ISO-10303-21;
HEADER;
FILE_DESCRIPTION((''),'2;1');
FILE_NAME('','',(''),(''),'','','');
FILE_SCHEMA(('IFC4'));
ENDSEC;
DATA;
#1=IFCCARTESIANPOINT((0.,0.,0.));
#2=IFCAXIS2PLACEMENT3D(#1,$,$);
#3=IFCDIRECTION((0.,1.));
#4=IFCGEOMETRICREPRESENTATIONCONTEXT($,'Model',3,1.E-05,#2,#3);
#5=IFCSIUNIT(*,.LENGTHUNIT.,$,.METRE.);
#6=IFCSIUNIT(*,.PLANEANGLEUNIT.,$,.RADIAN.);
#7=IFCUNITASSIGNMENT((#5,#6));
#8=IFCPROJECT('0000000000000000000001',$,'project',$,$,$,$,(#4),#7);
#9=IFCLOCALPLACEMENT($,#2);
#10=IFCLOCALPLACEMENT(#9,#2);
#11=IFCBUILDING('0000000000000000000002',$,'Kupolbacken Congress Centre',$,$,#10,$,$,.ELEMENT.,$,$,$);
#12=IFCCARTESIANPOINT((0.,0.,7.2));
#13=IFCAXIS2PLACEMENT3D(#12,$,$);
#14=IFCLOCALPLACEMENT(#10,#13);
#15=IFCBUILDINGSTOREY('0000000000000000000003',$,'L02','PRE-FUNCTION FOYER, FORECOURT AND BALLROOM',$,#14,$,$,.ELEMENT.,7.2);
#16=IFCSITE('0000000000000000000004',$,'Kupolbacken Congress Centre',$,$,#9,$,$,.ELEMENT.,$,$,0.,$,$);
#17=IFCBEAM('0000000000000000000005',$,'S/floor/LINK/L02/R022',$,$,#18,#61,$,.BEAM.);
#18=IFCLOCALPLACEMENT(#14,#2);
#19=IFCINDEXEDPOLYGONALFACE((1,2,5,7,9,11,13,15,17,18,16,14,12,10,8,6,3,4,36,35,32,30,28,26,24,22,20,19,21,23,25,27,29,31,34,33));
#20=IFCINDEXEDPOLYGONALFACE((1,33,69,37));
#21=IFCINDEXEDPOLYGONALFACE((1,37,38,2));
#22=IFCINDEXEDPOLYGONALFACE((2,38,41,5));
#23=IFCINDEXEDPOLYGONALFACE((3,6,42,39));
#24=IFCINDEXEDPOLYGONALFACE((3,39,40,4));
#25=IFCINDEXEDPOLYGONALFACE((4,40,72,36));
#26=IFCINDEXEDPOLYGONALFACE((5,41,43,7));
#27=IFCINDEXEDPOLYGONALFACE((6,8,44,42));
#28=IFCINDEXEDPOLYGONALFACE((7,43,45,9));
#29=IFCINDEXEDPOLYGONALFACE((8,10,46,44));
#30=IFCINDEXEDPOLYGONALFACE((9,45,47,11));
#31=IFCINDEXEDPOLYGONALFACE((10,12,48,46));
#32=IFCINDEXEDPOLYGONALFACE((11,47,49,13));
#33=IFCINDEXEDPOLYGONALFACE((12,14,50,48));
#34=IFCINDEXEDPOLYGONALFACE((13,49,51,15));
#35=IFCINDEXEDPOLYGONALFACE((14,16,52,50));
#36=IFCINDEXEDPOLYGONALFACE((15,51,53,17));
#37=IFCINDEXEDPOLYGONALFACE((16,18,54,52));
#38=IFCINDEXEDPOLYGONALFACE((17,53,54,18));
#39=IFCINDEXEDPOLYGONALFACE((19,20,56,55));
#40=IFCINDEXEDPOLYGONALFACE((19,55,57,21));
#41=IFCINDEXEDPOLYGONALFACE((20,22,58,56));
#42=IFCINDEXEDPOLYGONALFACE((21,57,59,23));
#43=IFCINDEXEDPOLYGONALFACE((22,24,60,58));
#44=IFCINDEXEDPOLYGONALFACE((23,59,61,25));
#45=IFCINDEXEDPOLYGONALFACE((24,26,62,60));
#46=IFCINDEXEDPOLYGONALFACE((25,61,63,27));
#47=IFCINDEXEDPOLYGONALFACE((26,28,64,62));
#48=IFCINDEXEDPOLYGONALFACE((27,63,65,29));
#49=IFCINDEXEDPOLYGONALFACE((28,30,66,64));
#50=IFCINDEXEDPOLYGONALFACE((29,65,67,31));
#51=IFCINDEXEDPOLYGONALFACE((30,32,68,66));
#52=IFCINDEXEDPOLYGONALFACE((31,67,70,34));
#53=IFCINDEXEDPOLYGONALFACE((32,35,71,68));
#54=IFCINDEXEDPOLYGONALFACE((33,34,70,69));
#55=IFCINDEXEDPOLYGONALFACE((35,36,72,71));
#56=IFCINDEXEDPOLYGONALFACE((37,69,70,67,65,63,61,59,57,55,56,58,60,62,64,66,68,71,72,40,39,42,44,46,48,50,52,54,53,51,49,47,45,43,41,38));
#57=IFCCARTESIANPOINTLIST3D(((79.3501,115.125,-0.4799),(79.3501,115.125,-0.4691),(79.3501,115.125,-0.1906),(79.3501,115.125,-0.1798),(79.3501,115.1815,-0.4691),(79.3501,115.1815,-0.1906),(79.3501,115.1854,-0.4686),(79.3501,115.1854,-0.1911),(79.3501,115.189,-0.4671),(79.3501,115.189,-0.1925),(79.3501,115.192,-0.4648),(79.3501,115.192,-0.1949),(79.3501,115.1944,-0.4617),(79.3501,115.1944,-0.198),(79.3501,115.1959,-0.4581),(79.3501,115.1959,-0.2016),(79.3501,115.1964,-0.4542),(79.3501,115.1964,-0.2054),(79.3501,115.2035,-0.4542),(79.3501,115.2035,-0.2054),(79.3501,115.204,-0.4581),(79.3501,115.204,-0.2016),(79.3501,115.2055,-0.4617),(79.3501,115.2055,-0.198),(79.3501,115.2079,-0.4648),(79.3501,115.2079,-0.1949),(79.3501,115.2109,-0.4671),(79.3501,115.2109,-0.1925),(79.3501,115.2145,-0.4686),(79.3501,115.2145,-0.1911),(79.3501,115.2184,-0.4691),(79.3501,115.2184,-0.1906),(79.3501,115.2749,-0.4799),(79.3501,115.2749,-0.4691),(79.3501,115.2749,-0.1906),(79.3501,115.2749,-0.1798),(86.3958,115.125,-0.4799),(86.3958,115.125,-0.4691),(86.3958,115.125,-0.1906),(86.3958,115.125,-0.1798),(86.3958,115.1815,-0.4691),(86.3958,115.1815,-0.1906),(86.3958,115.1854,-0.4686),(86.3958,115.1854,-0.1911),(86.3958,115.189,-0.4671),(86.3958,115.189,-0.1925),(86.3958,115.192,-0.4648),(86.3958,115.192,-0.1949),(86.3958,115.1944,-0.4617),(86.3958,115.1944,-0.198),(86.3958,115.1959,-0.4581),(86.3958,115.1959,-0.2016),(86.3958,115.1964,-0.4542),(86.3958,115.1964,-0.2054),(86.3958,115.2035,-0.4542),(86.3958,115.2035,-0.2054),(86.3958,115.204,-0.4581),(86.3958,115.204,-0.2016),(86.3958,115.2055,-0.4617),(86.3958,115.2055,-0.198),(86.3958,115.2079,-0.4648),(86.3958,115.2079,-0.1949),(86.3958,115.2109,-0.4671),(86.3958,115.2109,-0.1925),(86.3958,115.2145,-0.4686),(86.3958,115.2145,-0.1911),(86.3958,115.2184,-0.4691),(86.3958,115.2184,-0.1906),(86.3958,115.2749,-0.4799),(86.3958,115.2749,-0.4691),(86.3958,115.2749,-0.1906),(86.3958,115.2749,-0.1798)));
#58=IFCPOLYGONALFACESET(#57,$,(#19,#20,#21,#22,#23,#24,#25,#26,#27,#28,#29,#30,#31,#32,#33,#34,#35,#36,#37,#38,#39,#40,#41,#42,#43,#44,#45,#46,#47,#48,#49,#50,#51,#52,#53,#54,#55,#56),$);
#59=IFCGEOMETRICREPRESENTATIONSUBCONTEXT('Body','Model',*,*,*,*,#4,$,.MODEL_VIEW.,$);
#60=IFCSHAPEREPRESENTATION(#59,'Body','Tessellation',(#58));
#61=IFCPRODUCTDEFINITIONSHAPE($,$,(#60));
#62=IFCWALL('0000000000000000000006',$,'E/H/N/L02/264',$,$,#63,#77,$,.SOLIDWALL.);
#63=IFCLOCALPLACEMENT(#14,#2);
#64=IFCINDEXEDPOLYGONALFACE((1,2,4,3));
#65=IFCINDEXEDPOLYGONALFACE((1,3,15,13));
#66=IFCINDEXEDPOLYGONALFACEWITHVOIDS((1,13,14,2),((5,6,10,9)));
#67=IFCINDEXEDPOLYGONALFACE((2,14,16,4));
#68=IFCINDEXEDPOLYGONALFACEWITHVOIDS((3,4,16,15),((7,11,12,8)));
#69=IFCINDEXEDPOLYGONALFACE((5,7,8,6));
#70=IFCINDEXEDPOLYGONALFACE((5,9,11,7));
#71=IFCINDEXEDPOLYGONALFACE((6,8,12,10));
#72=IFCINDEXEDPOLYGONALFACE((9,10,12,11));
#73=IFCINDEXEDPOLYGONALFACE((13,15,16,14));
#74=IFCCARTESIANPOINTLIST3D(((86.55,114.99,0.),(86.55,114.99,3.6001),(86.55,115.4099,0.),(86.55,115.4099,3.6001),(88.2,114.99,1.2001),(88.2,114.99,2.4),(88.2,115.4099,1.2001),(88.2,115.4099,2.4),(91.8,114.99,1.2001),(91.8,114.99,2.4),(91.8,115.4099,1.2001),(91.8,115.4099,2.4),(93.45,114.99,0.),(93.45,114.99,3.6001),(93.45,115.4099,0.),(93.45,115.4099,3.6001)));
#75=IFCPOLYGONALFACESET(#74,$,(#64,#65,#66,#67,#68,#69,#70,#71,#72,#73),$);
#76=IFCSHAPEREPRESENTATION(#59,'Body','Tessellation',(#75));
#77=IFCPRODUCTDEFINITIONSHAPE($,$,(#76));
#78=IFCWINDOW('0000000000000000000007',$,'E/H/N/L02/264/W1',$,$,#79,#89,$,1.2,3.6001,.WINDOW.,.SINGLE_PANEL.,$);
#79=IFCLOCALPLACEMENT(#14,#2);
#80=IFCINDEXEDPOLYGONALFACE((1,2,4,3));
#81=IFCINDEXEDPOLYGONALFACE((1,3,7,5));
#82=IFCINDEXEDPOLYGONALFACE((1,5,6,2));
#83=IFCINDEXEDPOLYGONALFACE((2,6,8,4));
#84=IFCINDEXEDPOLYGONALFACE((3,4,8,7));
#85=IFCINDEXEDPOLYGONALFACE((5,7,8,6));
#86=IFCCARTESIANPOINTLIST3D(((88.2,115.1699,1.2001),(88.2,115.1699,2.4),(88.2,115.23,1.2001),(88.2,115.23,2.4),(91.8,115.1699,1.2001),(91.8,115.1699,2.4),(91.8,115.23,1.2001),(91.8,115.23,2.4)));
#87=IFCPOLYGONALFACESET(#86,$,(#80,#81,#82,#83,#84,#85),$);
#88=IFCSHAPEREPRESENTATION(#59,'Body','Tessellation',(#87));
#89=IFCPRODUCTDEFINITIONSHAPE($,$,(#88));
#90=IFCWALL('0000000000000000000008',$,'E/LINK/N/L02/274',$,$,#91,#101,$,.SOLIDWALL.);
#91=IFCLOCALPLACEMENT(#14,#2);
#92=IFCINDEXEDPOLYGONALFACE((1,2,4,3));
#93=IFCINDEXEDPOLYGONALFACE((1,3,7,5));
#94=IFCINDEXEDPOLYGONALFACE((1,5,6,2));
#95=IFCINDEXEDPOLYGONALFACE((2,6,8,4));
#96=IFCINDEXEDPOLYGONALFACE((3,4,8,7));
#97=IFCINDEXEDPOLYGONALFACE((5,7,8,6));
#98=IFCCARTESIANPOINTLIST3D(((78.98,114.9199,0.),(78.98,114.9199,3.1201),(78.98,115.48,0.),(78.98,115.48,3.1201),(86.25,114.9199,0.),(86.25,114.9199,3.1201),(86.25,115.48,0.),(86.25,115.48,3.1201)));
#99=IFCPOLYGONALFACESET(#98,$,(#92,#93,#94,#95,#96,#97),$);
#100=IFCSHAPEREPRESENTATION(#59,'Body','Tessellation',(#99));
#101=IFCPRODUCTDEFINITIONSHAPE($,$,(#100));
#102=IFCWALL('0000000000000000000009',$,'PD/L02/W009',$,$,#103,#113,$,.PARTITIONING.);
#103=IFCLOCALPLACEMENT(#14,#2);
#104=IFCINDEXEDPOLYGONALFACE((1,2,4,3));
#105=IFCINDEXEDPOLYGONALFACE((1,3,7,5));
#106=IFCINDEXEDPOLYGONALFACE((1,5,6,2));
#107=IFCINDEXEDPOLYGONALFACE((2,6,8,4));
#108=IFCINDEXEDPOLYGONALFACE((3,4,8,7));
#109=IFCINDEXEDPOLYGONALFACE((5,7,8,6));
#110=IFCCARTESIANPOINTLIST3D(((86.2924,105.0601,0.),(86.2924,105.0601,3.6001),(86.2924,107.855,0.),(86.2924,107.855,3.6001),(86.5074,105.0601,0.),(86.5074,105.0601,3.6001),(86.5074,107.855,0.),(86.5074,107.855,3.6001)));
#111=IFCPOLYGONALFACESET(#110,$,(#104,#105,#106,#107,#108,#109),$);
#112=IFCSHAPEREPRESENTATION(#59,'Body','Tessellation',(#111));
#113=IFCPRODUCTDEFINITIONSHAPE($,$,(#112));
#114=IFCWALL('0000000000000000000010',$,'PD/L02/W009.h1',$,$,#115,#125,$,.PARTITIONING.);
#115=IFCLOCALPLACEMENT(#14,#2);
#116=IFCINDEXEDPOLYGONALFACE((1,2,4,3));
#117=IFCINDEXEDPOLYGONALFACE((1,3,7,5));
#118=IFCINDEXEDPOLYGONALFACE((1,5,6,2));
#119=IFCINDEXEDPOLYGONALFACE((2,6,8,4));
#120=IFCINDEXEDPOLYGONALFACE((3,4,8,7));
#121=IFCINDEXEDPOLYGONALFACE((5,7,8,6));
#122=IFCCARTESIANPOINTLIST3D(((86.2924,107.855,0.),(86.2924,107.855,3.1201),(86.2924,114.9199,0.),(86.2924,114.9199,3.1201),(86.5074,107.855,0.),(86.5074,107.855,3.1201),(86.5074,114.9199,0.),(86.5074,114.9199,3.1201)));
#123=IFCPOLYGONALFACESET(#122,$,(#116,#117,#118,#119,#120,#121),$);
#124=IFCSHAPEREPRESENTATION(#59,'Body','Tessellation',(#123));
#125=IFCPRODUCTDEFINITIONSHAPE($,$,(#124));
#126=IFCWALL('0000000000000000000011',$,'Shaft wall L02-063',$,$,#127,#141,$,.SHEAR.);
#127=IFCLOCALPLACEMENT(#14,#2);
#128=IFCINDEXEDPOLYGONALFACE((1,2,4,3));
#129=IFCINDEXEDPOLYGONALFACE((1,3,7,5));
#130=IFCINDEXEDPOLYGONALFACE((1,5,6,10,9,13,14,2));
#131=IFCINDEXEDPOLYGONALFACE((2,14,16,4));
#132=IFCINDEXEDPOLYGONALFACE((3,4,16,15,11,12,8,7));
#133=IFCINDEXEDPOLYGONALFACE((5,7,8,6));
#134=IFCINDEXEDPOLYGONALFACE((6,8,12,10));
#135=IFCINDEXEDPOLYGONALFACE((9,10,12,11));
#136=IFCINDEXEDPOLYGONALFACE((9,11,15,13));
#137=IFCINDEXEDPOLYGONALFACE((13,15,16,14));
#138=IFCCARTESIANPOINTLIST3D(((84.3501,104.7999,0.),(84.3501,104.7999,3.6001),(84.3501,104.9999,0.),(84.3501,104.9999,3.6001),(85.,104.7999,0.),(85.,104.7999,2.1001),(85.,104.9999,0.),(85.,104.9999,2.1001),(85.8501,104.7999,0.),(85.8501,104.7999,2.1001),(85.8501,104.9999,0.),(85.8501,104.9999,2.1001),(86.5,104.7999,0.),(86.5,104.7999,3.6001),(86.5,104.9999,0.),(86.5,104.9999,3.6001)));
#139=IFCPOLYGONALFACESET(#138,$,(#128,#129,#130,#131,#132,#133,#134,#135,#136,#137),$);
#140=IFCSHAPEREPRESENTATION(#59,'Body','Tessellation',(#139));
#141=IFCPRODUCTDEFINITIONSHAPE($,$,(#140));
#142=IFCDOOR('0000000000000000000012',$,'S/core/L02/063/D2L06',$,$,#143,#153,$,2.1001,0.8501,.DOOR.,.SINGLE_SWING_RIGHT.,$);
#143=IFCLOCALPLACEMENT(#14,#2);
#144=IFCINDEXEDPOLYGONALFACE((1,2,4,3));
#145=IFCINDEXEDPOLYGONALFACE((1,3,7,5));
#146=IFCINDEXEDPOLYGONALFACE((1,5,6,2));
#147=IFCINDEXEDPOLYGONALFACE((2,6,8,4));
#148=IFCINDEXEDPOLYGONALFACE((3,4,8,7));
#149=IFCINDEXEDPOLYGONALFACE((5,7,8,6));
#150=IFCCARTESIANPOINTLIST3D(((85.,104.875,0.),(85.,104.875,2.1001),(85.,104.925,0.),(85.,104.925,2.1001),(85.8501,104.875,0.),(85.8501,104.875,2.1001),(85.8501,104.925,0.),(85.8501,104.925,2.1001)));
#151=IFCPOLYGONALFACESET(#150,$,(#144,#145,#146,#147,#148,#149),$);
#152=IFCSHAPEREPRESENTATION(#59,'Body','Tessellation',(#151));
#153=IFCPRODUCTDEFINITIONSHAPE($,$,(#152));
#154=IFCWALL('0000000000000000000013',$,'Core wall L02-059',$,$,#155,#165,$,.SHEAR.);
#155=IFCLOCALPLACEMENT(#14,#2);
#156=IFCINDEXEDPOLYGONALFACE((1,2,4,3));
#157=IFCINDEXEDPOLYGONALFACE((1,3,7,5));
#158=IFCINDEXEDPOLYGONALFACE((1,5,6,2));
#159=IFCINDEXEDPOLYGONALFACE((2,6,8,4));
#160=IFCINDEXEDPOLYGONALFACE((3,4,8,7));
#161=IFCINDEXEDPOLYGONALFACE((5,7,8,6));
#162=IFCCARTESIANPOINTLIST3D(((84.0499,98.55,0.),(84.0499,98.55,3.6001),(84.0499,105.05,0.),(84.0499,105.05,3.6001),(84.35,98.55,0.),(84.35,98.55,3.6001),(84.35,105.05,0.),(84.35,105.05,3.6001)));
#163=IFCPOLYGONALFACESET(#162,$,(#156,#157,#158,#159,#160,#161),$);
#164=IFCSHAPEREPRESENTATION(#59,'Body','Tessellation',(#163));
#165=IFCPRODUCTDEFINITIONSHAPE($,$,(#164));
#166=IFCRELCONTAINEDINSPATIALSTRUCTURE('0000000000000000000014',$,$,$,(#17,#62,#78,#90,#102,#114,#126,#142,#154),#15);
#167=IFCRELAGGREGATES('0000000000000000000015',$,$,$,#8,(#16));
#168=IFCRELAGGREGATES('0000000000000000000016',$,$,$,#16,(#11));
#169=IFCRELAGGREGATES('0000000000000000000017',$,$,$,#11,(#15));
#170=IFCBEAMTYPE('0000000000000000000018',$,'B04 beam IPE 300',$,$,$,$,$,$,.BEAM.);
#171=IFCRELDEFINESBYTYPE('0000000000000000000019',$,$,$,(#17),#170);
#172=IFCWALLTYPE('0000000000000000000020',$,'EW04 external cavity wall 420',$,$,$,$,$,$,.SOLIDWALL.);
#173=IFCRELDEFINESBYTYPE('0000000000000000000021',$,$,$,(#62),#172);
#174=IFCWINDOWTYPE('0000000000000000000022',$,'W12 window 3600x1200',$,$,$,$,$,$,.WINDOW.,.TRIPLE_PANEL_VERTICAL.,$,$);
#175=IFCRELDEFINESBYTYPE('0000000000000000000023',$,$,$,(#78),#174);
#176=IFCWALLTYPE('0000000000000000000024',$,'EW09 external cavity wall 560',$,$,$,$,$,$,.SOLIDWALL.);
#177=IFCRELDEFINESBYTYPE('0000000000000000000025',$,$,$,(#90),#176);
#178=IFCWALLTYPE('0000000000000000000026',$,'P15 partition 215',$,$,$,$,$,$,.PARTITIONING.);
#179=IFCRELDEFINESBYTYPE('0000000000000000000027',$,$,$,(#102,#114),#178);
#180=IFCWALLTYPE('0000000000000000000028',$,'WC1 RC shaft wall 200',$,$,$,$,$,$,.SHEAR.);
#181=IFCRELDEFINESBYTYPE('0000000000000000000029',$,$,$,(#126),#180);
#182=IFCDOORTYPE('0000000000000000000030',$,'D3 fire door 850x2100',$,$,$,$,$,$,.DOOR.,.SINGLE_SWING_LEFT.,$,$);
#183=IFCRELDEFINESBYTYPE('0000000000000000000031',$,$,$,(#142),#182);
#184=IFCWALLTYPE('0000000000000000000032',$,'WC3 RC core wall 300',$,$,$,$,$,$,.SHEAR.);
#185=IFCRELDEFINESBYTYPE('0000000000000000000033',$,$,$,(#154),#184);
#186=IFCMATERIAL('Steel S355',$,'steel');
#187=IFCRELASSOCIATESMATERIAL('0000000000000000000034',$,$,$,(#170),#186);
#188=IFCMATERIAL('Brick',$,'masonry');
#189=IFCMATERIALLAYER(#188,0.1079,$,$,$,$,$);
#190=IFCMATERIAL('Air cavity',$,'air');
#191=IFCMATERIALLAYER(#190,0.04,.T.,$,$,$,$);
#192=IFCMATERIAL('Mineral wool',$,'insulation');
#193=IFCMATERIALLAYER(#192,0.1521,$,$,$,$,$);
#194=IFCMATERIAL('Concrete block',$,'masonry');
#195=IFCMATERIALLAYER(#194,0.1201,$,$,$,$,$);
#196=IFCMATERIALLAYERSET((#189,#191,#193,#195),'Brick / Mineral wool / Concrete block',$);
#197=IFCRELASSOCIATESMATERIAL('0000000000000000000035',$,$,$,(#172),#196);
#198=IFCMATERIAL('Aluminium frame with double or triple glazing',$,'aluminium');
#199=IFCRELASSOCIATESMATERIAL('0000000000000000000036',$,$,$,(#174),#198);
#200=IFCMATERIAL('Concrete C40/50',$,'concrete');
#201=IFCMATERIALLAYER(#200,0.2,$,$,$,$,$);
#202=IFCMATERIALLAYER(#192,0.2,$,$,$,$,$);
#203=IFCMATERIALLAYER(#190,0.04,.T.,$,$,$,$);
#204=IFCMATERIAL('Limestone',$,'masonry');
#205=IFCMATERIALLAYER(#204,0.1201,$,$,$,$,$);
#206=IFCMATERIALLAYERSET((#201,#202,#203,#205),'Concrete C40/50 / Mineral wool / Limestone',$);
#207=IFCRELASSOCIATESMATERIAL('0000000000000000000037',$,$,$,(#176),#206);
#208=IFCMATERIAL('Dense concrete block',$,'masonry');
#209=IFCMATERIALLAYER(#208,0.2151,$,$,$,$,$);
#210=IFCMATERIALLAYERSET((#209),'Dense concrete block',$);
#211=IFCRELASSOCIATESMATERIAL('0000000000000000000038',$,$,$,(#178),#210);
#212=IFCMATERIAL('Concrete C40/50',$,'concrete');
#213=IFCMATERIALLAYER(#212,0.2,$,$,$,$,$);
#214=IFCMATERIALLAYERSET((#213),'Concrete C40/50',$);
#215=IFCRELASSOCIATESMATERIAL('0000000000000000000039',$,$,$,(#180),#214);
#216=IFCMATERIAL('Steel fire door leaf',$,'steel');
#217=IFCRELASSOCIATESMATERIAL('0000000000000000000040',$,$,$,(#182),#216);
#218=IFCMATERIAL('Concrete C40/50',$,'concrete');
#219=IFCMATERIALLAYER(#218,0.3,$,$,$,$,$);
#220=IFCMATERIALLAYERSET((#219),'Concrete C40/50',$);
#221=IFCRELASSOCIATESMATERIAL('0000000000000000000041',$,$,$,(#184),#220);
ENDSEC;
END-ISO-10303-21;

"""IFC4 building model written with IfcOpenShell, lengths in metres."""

from ifc_helpers import new_model, si_unit, direction, frame, frame_2d, origin, origin_2d, place, context, subcontext, project, spatial, rectangle, i_section, extrude, material, layer, layer_set, material_profile, profile_set, type_object, element, fill, save


model = new_model("IFC4")

# Units and contexts
model_context = context("Model", 3, precision=1e-05, world=origin(), true_north=direction((0.0, 1.0)))
body_context = subcontext(model_context, "Body", "Model", "MODEL_VIEW")
ifc_project = project(units=[si_unit("LENGTHUNIT", "METRE"), si_unit("PLANEANGLEUNIT", "RADIAN")], contexts=[model_context])

# Site, building, storey
site_placement = place(None, origin())
site = spatial("IfcSite", under=ifc_project, at=site_placement, Name="Kupolbacken Congress Centre", CompositionType="ELEMENT", RefElevation=0.0)
building_placement = place(site_placement, origin())
building = spatial("IfcBuilding", under=site, at=building_placement, Name="Kupolbacken Congress Centre", CompositionType="ELEMENT")
storey_placement = place(building_placement, frame((0.0, 0.0, 7.2)))
storey = spatial("IfcBuildingStorey", under=building, at=storey_placement, Name="L02", Description="PRE-FUNCTION FOYER, FORECOURT AND BALLROOM", CompositionType="ELEMENT", Elevation=7.2)

# Beam
ifc_material_1 = material(Name="Steel S355", Category="steel")
ifc_material_profile_1 = material_profile(ifc_material_1, i_section(OverallWidth=0.1499, OverallDepth=0.3, WebThickness=0.0071, FlangeThickness=0.0107, FilletRadius=0.0149, at=origin_2d()), Name="IPE 300")
ifc_profile_set_1 = profile_set([ifc_material_profile_1], Name="Steel S355")
beam_type_1 = type_object("IfcBeamType", Name="B04 beam IPE 300", PredefinedType="BEAM", material=ifc_profile_set_1)
beam_1_placement = place(storey_placement, frame((79.3501, 115.2, -0.3298), z_axis=(1.0, 0.0, 0.0), x_axis=(0.0, 1.0, 0.0)))
element("IfcBeam", 1, at=beam_1_placement, inside=storey, type_object=beam_type_1, Name="S/floor/LINK/L02/R022", PredefinedType="BEAM", context=body_context, shape_type="SweptSolid", body=[
    extrude(i_section(OverallWidth=0.1499, OverallDepth=0.3, WebThickness=0.0071, FlangeThickness=0.0107, FilletRadius=0.0149, at=origin_2d()), origin(), (0.0, 0.0, 1.0), 7.0457),
])

# Wall, opening, window
ifc_material_2 = material(Name="Brick", Category="masonry")
ifc_layer_1 = layer(ifc_material_2, 0.1079)
ifc_material_3 = material(Name="Air cavity", Category="air")
ifc_layer_2 = layer(ifc_material_3, 0.04, ventilated=True)
ifc_material_4 = material(Name="Mineral wool", Category="insulation")
ifc_layer_3 = layer(ifc_material_4, 0.1521)
ifc_material_5 = material(Name="Concrete block", Category="masonry")
ifc_layer_4 = layer(ifc_material_5, 0.1201)
ifc_layer_set_1 = layer_set([ifc_layer_1, ifc_layer_2, ifc_layer_3, ifc_layer_4], Name="Brick / Mineral wool / Concrete block")
wall_type_1 = type_object("IfcWallType", Name="EW04 external cavity wall 420", PredefinedType="SOLIDWALL", material=ifc_layer_set_1)
wall_1_placement = place(storey_placement, frame((93.45, 115.2, 0.0), z_axis=(0.0, 0.0, 1.0), x_axis=(-1.0, 0.0, 0.0)))
wall_1 = element("IfcWall", 2, at=wall_1_placement, inside=storey, type_object=wall_type_1, Name="E/H/N/L02/264", PredefinedType="SOLIDWALL", context=body_context, shape_type="SweptSolid", body=[
    extrude(rectangle(XDim=6.8999, YDim=0.4199, at=frame_2d((3.45, 0.0))), origin(), (0.0, 0.0, 1.0), 3.6001),
])
opening_1_placement = place(wall_1_placement, frame((1.6499, 0.0, 1.2)))
opening_1 = element("IfcOpeningElement", 3, at=opening_1_placement, cuts=wall_1, PredefinedType="OPENING", context=body_context, shape_type="SweptSolid", body=[
    extrude(rectangle(XDim=3.6001, YDim=1.2, at=frame_2d((1.8, 0.6001))), frame((0.0, 0.22, 0.0), z_axis=(0.0, -1.0, 0.0), x_axis=(1.0, 0.0, 0.0)), (0.0, 0.0, 1.0), 0.4399),
])
ifc_material_6 = material(Name="Aluminium frame with double or triple glazing", Category="aluminium")
window_type = type_object("IfcWindowType", Name="W12 window 3600x1200", PartitioningType="TRIPLE_PANEL_VERTICAL", PredefinedType="WINDOW", material=ifc_material_6)
window_placement = place(opening_1_placement, origin())
window = element("IfcWindow", 4, at=window_placement, inside=storey, type_object=window_type, Name="E/H/N/L02/264/W1", OverallHeight=1.2, OverallWidth=3.6001, PartitioningType="SINGLE_PANEL", PredefinedType="WINDOW", context=body_context, shape_type="SweptSolid", body=[
    extrude(rectangle(XDim=3.6001, YDim=1.2, at=frame_2d((1.8, 0.6001))), frame((0.0, 0.03, 0.0), z_axis=(0.0, -1.0, 0.0), x_axis=(1.0, 0.0, 0.0)), (0.0, 0.0, 1.0), 0.0601),
])
fill(opening_1, window)

# Walls
ifc_material_7 = material(Name="Concrete C40/50", Category="concrete")
ifc_layer_5 = layer(ifc_material_7, 0.2)
ifc_layer_6 = layer(ifc_material_4, 0.2)
ifc_layer_7 = layer(ifc_material_3, 0.04, ventilated=True)
ifc_material_8 = material(Name="Limestone", Category="masonry")
ifc_layer_8 = layer(ifc_material_8, 0.1201)
ifc_layer_set_2 = layer_set([ifc_layer_5, ifc_layer_6, ifc_layer_7, ifc_layer_8], Name="Concrete C40/50 / Mineral wool / Limestone")
wall_type_2 = type_object("IfcWallType", Name="EW09 external cavity wall 560", PredefinedType="SOLIDWALL", material=ifc_layer_set_2)
wall_2_placement = place(storey_placement, frame((86.25, 115.2, 0.0), z_axis=(0.0, 0.0, 1.0), x_axis=(-1.0, 0.0, 0.0)))
element("IfcWall", 5, at=wall_2_placement, inside=storey, type_object=wall_type_2, Name="E/LINK/N/L02/274", PredefinedType="SOLIDWALL", context=body_context, shape_type="SweptSolid", body=[
    extrude(rectangle(XDim=7.27, YDim=0.5601, at=frame_2d((3.635, 0.0))), origin(), (0.0, 0.0, 1.0), 3.1201),
])
ifc_material_9 = material(Name="Dense concrete block", Category="masonry")
ifc_layer_9 = layer(ifc_material_9, 0.2151)
ifc_layer_set_3 = layer_set([ifc_layer_9], Name="Dense concrete block")
wall_type_3 = type_object("IfcWallType", Name="P15 partition 215", PredefinedType="PARTITIONING", material=ifc_layer_set_3)
wall_3_placement = place(storey_placement, frame((86.3999, 105.0601, 0.0), z_axis=(0.0, 0.0, 1.0), x_axis=(0.0, 1.0, 0.0)))
element("IfcWall", 6, at=wall_3_placement, inside=storey, type_object=wall_type_3, Name="PD/L02/W009", PredefinedType="PARTITIONING", context=body_context, shape_type="SweptSolid", body=[
    extrude(rectangle(XDim=2.7949, YDim=0.2151, at=frame_2d((1.3975, 0.0))), origin(), (0.0, 0.0, 1.0), 3.6001),
])
wall_4_placement = place(storey_placement, frame((86.3999, 107.855, 0.0), z_axis=(0.0, 0.0, 1.0), x_axis=(0.0, 1.0, 0.0)))
element("IfcWall", 7, at=wall_4_placement, inside=storey, type_object=wall_type_3, Name="PD/L02/W009.h1", PredefinedType="PARTITIONING", context=body_context, shape_type="SweptSolid", body=[
    extrude(rectangle(XDim=7.0649, YDim=0.2151, at=frame_2d((3.5325, 0.0))), origin(), (0.0, 0.0, 1.0), 3.1201),
])

# Wall, opening, door
ifc_material_10 = material(Name="Concrete C40/50", Category="concrete")
ifc_layer_10 = layer(ifc_material_10, 0.2)
ifc_layer_set_4 = layer_set([ifc_layer_10], Name="Concrete C40/50")
wall_type_4 = type_object("IfcWallType", Name="WC1 RC shaft wall 200", PredefinedType="SHEAR", material=ifc_layer_set_4)
wall_5_placement = place(storey_placement, frame((86.5, 104.8999, 0.0), z_axis=(0.0, 0.0, 1.0), x_axis=(-1.0, 0.0, 0.0)))
wall_5 = element("IfcWall", 8, at=wall_5_placement, inside=storey, type_object=wall_type_4, Name="Shaft wall L02-063", PredefinedType="SHEAR", context=body_context, shape_type="SweptSolid", body=[
    extrude(rectangle(XDim=2.1499, YDim=0.2, at=frame_2d((1.075, 0.0))), origin(), (0.0, 0.0, 1.0), 3.6001),
])
opening_2_placement = place(wall_5_placement, frame((0.6499, 0.0, 0.0)))
opening_2 = element("IfcOpeningElement", 9, at=opening_2_placement, cuts=wall_5, PredefinedType="OPENING", context=body_context, shape_type="SweptSolid", body=[
    extrude(rectangle(XDim=0.8501, YDim=2.1001, at=frame_2d((0.425, 1.05))), frame((0.0, 0.1099, 0.0), z_axis=(0.0, -1.0, 0.0), x_axis=(1.0, 0.0, 0.0)), (0.0, 0.0, 1.0), 0.22),
])
ifc_material_11 = material(Name="Steel fire door leaf", Category="steel")
door_type = type_object("IfcDoorType", Name="D3 fire door 850x2100", OperationType="SINGLE_SWING_LEFT", PredefinedType="DOOR", material=ifc_material_11)
door_placement = place(opening_2_placement, origin())
door = element("IfcDoor", 10, at=door_placement, inside=storey, type_object=door_type, Name="S/core/L02/063/D2L06", OperationType="SINGLE_SWING_RIGHT", OverallHeight=2.1001, OverallWidth=0.8501, PredefinedType="DOOR", context=body_context, shape_type="SweptSolid", body=[
    extrude(rectangle(XDim=0.8501, YDim=2.1001, at=frame_2d((0.425, 1.05))), frame((0.0, 0.0249, 0.0), z_axis=(0.0, -1.0, 0.0), x_axis=(1.0, 0.0, 0.0)), (0.0, 0.0, 1.0), 0.05),
])
fill(opening_2, door)

# Wall
ifc_material_12 = material(Name="Concrete C40/50", Category="concrete")
ifc_layer_11 = layer(ifc_material_12, 0.3)
ifc_layer_set_5 = layer_set([ifc_layer_11], Name="Concrete C40/50")
wall_type_5 = type_object("IfcWallType", Name="WC3 RC core wall 300", PredefinedType="SHEAR", material=ifc_layer_set_5)
wall_6_placement = place(storey_placement, frame((84.2, 98.55, 0.0), z_axis=(0.0, 0.0, 1.0), x_axis=(0.0, 1.0, 0.0)))
element("IfcWall", 11, at=wall_6_placement, inside=storey, type_object=wall_type_5, Name="Core wall L02-059", PredefinedType="SHEAR", context=body_context, shape_type="SweptSolid", body=[
    extrude(rectangle(XDim=6.5, YDim=0.3, at=frame_2d((3.25, 0.0))), origin(), (0.0, 0.0, 1.0), 3.6001),
])

save(model, "model.ifc")
